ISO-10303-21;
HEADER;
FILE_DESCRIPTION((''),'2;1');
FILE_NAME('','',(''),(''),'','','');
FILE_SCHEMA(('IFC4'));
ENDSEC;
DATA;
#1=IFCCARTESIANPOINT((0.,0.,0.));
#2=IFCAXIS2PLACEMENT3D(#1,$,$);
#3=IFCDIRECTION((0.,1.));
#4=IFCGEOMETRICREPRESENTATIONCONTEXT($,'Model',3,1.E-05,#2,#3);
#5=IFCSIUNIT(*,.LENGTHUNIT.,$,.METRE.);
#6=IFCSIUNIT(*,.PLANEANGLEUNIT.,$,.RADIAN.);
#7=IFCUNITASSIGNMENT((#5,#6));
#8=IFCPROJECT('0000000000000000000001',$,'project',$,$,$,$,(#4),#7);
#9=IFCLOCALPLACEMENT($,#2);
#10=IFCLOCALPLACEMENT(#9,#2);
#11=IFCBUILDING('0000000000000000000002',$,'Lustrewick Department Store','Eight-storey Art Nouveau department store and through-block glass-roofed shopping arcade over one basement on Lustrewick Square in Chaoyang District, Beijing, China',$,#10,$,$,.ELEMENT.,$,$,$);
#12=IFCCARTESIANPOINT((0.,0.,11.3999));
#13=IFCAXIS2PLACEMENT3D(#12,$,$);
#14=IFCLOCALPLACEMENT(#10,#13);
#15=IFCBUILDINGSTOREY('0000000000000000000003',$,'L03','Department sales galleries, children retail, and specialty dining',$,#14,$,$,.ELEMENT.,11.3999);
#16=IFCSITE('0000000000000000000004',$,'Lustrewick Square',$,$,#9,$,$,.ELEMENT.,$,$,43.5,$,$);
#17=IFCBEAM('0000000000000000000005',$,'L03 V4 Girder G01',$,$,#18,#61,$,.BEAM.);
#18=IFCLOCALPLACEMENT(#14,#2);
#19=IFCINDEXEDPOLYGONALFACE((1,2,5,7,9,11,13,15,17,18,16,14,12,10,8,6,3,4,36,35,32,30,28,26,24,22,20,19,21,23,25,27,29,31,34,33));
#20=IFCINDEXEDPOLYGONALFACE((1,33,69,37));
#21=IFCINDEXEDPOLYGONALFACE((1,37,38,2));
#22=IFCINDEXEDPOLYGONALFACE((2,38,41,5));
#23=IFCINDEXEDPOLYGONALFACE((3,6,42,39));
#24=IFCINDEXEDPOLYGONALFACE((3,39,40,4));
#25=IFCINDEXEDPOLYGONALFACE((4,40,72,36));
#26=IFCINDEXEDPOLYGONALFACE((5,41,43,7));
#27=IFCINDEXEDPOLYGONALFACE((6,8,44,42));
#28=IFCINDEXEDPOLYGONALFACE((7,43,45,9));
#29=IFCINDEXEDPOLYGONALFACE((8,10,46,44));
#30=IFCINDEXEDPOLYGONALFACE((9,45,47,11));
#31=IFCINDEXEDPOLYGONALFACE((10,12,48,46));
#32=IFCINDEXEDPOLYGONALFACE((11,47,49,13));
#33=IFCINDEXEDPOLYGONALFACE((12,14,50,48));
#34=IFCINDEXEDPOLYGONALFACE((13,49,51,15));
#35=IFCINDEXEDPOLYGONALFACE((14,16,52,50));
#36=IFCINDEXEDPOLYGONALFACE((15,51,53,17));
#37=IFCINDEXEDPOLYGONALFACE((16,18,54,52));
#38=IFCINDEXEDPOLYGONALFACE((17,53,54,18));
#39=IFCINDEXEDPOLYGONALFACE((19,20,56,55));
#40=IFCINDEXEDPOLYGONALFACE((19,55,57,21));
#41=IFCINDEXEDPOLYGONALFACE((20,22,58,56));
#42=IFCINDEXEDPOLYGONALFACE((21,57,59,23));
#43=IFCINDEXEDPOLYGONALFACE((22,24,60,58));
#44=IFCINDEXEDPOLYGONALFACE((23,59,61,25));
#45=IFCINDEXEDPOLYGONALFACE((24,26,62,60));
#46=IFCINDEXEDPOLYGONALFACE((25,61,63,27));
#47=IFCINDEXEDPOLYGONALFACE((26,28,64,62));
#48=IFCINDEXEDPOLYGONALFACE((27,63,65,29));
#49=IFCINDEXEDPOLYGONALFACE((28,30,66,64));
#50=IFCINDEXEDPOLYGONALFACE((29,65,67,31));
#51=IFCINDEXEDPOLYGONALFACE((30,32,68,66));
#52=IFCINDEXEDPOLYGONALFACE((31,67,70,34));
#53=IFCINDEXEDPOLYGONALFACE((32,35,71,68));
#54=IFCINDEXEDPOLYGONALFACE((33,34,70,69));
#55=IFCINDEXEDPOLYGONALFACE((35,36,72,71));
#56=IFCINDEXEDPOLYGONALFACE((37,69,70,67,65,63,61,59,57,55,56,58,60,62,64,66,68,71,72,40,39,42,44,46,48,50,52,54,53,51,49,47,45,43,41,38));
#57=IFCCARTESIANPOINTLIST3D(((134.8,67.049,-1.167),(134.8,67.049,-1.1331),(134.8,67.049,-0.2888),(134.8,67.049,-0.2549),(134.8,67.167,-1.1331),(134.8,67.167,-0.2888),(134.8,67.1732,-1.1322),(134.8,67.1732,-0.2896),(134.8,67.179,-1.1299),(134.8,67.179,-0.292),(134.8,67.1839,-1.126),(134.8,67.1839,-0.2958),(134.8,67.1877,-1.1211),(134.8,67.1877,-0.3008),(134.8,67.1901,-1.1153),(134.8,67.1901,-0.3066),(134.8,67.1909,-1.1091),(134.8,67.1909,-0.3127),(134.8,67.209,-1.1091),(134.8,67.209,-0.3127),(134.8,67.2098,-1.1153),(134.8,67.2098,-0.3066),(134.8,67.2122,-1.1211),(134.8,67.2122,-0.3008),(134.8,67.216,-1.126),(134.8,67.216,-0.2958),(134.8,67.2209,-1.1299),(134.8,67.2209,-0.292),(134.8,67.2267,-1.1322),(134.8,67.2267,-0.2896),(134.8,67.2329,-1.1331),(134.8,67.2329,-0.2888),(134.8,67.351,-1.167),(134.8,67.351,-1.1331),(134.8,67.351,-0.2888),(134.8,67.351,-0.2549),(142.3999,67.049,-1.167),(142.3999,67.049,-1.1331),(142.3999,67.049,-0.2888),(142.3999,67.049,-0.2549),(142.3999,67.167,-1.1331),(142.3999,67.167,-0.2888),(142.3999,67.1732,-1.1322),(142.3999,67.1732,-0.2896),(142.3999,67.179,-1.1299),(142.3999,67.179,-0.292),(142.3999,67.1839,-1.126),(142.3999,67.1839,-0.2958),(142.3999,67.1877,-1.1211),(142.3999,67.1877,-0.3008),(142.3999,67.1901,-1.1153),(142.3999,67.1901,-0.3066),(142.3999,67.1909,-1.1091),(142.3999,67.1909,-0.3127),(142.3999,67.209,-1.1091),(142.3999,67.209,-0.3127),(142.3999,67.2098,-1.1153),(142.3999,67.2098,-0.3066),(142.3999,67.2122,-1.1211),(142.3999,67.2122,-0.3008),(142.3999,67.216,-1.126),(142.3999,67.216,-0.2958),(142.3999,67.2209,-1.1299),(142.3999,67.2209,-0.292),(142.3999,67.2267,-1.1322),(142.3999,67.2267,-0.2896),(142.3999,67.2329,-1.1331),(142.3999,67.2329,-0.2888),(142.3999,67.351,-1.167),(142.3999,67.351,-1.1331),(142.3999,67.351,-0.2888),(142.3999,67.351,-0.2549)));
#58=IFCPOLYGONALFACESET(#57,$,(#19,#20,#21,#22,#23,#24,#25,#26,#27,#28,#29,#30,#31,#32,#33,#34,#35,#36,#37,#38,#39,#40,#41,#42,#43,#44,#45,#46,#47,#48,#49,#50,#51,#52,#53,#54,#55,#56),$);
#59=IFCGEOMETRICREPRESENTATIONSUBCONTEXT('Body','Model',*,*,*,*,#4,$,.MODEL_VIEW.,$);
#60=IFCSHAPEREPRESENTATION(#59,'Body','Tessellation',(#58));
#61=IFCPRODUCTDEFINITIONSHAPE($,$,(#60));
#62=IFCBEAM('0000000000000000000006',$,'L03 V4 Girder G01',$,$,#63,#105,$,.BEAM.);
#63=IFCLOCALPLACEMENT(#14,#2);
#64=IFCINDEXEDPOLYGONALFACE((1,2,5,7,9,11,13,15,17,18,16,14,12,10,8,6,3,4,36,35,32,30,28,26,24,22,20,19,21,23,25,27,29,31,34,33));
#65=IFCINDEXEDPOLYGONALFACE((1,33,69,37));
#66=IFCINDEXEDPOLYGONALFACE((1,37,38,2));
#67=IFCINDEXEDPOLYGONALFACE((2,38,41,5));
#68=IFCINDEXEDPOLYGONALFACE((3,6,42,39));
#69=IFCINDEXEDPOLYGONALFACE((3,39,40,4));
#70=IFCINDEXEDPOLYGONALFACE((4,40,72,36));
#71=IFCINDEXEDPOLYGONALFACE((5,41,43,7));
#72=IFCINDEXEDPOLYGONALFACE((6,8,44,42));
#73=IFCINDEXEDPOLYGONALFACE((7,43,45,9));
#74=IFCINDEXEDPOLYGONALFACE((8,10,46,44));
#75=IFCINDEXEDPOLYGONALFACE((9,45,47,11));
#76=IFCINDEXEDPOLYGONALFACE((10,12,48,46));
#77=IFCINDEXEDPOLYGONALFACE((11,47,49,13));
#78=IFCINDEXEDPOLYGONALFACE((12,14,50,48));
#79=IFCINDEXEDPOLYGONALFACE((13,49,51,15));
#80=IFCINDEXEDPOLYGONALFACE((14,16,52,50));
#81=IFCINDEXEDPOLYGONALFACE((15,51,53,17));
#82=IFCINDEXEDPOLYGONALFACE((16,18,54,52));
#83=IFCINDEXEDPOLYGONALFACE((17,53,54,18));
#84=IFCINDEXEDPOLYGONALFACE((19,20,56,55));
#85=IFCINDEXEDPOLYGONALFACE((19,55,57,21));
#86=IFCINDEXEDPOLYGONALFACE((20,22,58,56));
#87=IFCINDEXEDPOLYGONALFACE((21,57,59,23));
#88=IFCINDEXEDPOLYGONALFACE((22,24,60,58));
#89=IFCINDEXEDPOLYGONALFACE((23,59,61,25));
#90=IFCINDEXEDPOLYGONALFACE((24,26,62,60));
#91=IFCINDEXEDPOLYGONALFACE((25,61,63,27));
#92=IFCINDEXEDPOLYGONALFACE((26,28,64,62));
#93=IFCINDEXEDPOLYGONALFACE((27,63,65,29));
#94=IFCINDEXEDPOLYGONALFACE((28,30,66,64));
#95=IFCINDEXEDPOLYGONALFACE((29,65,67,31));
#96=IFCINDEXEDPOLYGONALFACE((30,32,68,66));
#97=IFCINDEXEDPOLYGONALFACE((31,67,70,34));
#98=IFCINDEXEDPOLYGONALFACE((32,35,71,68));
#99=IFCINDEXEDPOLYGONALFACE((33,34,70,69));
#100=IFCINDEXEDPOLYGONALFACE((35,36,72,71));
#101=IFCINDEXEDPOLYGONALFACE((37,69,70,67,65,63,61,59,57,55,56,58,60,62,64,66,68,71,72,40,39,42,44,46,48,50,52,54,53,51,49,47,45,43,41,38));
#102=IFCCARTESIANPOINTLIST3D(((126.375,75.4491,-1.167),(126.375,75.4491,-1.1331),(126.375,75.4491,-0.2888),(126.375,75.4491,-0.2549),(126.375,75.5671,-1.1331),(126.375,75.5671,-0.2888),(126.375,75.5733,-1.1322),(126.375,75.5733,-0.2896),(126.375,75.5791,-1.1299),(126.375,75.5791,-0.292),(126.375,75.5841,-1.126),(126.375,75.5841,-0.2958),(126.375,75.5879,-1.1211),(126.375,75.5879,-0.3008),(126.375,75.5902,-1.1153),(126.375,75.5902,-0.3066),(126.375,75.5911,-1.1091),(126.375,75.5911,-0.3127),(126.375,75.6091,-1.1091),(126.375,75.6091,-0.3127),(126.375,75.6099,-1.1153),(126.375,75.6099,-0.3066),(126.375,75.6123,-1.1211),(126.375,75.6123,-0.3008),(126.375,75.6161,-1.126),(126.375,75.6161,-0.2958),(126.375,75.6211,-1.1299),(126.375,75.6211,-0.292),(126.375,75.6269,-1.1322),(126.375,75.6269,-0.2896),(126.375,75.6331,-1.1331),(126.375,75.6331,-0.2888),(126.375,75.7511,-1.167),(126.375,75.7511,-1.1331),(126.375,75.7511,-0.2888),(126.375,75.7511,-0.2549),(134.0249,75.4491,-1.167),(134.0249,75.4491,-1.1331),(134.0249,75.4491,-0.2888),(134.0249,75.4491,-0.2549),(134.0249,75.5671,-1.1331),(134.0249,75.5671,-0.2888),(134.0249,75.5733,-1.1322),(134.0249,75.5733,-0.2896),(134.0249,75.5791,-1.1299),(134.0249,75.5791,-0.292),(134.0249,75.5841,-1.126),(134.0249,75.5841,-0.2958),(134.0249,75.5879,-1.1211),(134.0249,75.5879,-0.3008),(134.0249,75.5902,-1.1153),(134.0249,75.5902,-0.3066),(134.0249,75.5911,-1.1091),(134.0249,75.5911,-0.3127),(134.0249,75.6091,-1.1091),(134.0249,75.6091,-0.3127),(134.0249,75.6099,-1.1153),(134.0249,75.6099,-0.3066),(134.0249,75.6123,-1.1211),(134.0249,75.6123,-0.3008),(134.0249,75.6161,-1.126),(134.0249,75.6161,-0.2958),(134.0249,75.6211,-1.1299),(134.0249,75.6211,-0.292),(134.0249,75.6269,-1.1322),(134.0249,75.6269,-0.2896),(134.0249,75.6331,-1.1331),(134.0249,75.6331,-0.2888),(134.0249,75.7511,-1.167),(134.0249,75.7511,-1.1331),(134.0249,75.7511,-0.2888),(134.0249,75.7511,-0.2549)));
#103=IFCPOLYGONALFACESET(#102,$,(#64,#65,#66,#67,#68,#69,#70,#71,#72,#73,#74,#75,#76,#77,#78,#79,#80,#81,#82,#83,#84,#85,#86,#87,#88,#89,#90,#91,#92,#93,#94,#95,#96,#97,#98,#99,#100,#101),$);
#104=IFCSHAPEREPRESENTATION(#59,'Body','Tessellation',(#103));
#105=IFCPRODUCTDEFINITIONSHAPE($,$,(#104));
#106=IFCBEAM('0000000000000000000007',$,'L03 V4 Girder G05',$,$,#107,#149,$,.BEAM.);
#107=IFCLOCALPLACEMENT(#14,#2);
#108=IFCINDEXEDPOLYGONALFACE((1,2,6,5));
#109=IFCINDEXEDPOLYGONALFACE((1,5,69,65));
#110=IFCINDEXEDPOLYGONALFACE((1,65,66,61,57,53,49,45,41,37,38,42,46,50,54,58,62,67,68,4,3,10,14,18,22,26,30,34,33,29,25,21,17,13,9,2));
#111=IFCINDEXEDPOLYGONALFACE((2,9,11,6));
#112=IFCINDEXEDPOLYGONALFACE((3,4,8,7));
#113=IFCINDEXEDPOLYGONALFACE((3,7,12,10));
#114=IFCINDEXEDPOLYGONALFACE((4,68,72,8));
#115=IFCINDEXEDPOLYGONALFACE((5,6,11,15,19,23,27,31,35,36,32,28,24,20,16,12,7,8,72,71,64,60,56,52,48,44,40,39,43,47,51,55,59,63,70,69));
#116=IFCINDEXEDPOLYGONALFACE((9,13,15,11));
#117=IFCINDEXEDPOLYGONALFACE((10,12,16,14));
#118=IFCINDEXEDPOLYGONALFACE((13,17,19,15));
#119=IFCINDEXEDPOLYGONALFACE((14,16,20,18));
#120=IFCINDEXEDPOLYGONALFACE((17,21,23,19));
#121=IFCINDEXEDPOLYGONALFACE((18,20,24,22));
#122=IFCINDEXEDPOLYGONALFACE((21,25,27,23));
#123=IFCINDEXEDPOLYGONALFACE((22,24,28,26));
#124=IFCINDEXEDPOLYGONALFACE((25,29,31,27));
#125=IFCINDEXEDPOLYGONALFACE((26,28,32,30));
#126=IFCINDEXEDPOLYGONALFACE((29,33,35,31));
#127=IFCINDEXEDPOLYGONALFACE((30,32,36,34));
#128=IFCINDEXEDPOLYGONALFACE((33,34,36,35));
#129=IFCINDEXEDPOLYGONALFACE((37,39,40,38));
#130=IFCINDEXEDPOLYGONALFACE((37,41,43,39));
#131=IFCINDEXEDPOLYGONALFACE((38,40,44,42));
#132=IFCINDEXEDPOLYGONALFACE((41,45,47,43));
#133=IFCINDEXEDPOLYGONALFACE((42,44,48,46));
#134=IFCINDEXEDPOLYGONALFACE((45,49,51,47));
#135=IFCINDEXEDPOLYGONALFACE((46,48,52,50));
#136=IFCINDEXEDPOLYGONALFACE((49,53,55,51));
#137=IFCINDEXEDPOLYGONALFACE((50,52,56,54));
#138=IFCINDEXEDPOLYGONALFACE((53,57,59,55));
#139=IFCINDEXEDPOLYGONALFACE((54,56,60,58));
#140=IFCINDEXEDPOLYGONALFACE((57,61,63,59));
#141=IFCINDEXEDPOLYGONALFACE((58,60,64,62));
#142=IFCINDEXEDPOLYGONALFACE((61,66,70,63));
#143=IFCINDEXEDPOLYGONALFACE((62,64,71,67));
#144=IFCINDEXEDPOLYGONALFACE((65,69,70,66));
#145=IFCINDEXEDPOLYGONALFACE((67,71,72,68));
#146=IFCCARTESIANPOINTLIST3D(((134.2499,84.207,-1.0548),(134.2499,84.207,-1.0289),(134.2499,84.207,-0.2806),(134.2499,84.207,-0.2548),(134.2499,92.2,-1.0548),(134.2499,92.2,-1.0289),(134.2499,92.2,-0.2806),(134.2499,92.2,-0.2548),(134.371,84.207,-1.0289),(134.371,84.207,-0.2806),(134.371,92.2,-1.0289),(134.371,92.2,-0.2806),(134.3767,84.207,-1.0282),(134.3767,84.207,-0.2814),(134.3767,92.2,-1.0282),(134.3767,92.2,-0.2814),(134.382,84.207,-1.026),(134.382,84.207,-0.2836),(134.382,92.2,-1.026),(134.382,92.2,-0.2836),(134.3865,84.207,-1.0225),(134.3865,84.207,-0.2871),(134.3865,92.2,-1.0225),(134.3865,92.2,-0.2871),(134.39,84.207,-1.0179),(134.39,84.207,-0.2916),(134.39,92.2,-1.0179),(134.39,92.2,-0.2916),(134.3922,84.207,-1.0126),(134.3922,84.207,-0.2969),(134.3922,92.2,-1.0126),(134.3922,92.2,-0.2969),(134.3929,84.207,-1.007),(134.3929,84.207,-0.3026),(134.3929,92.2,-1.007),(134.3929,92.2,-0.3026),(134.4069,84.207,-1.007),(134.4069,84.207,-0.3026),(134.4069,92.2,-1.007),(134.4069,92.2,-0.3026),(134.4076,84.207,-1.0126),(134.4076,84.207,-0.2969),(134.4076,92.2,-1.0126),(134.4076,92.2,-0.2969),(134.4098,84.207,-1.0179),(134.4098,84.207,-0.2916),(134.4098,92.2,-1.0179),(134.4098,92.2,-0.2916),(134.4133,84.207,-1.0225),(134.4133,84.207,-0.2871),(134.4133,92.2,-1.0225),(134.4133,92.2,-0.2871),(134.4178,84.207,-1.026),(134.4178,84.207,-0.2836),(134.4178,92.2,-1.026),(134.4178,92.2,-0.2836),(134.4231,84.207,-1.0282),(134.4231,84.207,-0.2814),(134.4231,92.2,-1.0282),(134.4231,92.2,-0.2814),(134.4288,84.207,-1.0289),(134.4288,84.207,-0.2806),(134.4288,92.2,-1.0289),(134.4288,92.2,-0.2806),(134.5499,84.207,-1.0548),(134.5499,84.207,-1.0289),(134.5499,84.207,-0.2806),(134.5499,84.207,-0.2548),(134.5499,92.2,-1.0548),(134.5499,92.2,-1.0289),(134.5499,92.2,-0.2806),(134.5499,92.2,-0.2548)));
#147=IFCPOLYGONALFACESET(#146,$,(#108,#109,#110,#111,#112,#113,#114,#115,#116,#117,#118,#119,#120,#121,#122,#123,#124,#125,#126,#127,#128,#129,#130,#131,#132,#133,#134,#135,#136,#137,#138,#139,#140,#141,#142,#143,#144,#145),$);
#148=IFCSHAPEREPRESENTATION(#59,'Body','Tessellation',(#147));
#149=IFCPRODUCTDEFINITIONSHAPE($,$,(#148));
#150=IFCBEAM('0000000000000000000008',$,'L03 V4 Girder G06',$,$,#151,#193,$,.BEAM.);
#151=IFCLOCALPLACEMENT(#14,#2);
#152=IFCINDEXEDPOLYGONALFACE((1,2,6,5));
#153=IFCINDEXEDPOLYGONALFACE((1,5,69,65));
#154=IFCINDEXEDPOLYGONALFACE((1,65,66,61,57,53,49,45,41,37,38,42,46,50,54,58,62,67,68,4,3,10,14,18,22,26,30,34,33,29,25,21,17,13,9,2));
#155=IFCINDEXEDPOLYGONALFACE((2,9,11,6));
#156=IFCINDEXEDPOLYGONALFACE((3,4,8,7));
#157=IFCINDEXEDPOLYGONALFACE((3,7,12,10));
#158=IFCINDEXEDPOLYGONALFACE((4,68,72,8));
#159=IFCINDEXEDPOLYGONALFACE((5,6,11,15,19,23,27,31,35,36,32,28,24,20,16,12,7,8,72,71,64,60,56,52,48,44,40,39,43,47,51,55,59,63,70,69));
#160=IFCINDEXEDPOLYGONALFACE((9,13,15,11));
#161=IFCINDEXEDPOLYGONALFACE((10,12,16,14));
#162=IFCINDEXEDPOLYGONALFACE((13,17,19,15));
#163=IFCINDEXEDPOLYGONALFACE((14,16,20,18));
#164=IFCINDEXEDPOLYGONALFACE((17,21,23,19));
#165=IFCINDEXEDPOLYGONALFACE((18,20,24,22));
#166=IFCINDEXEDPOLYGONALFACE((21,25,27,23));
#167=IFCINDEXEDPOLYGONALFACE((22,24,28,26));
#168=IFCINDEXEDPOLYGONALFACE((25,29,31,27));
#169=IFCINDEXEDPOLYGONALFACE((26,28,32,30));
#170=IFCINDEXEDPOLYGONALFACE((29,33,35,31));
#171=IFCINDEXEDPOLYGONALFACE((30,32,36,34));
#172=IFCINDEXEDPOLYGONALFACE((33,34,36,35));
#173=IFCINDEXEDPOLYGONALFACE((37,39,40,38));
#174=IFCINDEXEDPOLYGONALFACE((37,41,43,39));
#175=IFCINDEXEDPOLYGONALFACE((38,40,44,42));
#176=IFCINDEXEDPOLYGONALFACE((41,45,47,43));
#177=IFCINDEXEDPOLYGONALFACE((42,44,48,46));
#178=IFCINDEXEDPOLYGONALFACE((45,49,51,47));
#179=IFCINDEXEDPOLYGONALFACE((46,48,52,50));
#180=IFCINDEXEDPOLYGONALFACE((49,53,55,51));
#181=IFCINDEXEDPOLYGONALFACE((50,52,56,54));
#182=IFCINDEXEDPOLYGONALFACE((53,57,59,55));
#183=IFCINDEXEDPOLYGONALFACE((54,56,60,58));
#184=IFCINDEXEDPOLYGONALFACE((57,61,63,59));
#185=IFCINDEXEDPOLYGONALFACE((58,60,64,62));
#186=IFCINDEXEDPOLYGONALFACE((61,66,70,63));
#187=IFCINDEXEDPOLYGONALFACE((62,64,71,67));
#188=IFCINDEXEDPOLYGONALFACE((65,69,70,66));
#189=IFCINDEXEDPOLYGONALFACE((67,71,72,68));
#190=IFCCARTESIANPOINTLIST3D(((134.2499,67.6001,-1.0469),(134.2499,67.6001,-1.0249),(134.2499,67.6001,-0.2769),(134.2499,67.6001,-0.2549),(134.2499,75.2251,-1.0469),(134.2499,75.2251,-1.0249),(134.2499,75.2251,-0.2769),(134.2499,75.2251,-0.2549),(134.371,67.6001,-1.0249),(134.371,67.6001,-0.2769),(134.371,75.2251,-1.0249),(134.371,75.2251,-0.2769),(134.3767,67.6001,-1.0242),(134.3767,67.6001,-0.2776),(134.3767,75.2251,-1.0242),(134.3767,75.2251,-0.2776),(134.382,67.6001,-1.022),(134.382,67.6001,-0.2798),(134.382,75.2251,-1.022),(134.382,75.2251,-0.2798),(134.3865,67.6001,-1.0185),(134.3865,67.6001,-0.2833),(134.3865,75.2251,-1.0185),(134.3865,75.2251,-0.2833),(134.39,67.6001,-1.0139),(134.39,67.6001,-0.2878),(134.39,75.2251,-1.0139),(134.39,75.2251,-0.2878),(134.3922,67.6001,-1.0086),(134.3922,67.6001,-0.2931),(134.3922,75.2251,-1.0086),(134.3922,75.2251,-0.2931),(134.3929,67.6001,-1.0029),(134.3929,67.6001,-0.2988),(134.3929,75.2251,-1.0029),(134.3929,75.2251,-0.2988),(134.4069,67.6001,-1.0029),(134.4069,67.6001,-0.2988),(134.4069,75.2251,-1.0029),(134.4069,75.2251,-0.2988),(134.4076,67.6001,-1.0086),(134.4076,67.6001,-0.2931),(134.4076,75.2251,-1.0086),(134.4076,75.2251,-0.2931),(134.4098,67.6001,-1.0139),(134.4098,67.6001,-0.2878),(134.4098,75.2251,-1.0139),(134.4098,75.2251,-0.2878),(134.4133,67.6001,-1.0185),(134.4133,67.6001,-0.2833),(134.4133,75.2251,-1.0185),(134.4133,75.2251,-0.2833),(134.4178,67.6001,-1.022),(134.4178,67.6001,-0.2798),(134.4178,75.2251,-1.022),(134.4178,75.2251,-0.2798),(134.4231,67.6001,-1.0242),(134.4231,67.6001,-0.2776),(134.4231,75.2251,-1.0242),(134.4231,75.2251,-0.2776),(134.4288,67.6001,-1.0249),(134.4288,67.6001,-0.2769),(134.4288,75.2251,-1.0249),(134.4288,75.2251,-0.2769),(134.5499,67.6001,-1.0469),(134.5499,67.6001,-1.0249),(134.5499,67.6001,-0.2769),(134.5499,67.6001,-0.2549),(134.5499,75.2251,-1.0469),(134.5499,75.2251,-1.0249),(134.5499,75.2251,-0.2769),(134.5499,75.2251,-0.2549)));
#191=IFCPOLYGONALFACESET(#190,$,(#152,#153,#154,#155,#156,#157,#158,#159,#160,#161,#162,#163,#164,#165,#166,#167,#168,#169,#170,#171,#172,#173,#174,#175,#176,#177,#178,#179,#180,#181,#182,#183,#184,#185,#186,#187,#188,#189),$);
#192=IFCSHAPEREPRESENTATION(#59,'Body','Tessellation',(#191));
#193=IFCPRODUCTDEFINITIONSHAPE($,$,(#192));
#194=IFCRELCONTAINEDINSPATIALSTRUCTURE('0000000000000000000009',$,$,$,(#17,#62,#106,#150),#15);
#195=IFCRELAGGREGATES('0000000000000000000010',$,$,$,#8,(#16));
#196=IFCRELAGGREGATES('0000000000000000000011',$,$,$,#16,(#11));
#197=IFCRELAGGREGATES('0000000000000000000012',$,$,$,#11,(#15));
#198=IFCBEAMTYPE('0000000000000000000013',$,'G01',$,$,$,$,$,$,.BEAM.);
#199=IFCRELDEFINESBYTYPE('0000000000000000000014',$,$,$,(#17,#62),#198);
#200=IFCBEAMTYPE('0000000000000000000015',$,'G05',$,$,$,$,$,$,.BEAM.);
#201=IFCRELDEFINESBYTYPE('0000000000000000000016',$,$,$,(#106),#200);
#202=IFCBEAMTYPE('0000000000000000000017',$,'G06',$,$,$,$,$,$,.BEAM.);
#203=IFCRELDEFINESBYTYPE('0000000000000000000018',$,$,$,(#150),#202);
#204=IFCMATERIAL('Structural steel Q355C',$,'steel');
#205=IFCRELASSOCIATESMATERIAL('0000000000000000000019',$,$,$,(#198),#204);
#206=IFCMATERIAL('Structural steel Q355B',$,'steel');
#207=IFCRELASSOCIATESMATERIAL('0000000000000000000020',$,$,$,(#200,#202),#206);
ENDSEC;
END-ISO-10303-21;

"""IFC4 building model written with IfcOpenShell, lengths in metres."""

from ifc_helpers import new_model, si_unit, direction, frame, origin, origin_2d, place, context, subcontext, project, spatial, i_section, extrude, material, material_profile, profile_set, type_object, element, save


model = new_model("IFC4")

# Units and contexts
model_context = context("Model", 3, precision=1e-05, world=origin(), true_north=direction((0.0, 1.0)))
body_context = subcontext(model_context, "Body", "Model", "MODEL_VIEW")
ifc_project = project(units=[si_unit("LENGTHUNIT", "METRE"), si_unit("PLANEANGLEUNIT", "RADIAN")], contexts=[model_context])

# Site, building, storey
site_placement = place(None, origin())
site = spatial("IfcSite", under=ifc_project, at=site_placement, Name="Lustrewick Square", CompositionType="ELEMENT", RefElevation=43.5)
building_placement = place(site_placement, origin())
building = spatial("IfcBuilding", under=site, at=building_placement, Name="Lustrewick Department Store", Description="Eight-storey Art Nouveau department store and through-block glass-roofed shopping arcade over one basement on Lustrewick Square in Chaoyang District, Beijing, China", CompositionType="ELEMENT")
storey_placement = place(building_placement, frame((0.0, 0.0, 11.3999)))
storey = spatial("IfcBuildingStorey", under=building, at=storey_placement, Name="L03", Description="Department sales galleries, children retail, and specialty dining", CompositionType="ELEMENT", Elevation=11.3999)

# Shared definitions
ifc_material_1 = material(Name="Structural steel Q355B", Category="steel")

# Shared definitions
ifc_material_2 = material(Name="Structural steel Q355C", Category="steel")

# Beams
ifc_material_profile_1 = material_profile(ifc_material_2, i_section(OverallWidth=0.302, OverallDepth=0.9121, WebThickness=0.0181, FlangeThickness=0.0339, FilletRadius=0.0239, at=origin_2d()), Name="HN 912x302x18x34")
ifc_profile_set_1 = profile_set([ifc_material_profile_1], Name="Structural steel Q355C")
beam_type_1 = type_object("IfcBeamType", Name="G01", PredefinedType="BEAM", material=ifc_profile_set_1)
beam_1_placement = place(storey_placement, frame((134.8, 67.2, -0.7109), z_axis=(1.0, 0.0, 0.0), x_axis=(0.0, 1.0, 0.0)))
element("IfcBeam", 1, at=beam_1_placement, inside=storey, type_object=beam_type_1, Name="L03 V4 Girder G01", PredefinedType="BEAM", context=body_context, shape_type="SweptSolid", body=[
    extrude(i_section(OverallWidth=0.302, OverallDepth=0.9121, WebThickness=0.0181, FlangeThickness=0.0339, FilletRadius=0.0239, at=origin_2d()), origin(), (0.0, 0.0, 1.0), 7.5999),
])
beam_2_placement = place(storey_placement, frame((126.375, 75.6001, -0.7109), z_axis=(1.0, 0.0, 0.0), x_axis=(0.0, 1.0, 0.0)))
element("IfcBeam", 2, at=beam_2_placement, inside=storey, type_object=beam_type_1, Name="L03 V4 Girder G01", PredefinedType="BEAM", context=body_context, shape_type="SweptSolid", body=[
    extrude(i_section(OverallWidth=0.302, OverallDepth=0.9121, WebThickness=0.0181, FlangeThickness=0.0339, FilletRadius=0.0239, at=origin_2d()), origin(), (0.0, 0.0, 1.0), 7.6499),
])
ifc_material_profile_2 = material_profile(ifc_material_1, i_section(OverallWidth=0.3, OverallDepth=0.8, WebThickness=0.0139, FlangeThickness=0.0259, FilletRadius=0.022, at=origin_2d()), Name="HN 800x300x14x26")
ifc_profile_set_2 = profile_set([ifc_material_profile_2], Name="Structural steel Q355B")
beam_type_2 = type_object("IfcBeamType", Name="G05", PredefinedType="BEAM", material=ifc_profile_set_2)
beam_3_placement = place(storey_placement, frame((134.3999, 84.207, -0.6548), z_axis=(0.0, 1.0, 0.0), x_axis=(-1.0, 0.0, 0.0)))
element("IfcBeam", 3, at=beam_3_placement, inside=storey, type_object=beam_type_2, Name="L03 V4 Girder G05", PredefinedType="BEAM", context=body_context, shape_type="SweptSolid", body=[
    extrude(i_section(OverallWidth=0.3, OverallDepth=0.8, WebThickness=0.0139, FlangeThickness=0.0259, FilletRadius=0.022, at=origin_2d()), origin(), (0.0, 0.0, 1.0), 7.9929),
])
ifc_material_profile_3 = material_profile(ifc_material_1, i_section(OverallWidth=0.3, OverallDepth=0.792, WebThickness=0.0139, FlangeThickness=0.022, FilletRadius=0.022, at=origin_2d()), Name="HN 792x300x14x22")
ifc_profile_set_3 = profile_set([ifc_material_profile_3], Name="Structural steel Q355B")
beam_type_3 = type_object("IfcBeamType", Name="G06", PredefinedType="BEAM", material=ifc_profile_set_3)
beam_4_placement = place(storey_placement, frame((134.3999, 67.6001, -0.6509), z_axis=(0.0, 1.0, 0.0), x_axis=(-1.0, 0.0, 0.0)))
element("IfcBeam", 4, at=beam_4_placement, inside=storey, type_object=beam_type_3, Name="L03 V4 Girder G06", PredefinedType="BEAM", context=body_context, shape_type="SweptSolid", body=[
    extrude(i_section(OverallWidth=0.3, OverallDepth=0.792, WebThickness=0.0139, FlangeThickness=0.022, FilletRadius=0.022, at=origin_2d()), origin(), (0.0, 0.0, 1.0), 7.625),
])

save(model, "model.ifc")
